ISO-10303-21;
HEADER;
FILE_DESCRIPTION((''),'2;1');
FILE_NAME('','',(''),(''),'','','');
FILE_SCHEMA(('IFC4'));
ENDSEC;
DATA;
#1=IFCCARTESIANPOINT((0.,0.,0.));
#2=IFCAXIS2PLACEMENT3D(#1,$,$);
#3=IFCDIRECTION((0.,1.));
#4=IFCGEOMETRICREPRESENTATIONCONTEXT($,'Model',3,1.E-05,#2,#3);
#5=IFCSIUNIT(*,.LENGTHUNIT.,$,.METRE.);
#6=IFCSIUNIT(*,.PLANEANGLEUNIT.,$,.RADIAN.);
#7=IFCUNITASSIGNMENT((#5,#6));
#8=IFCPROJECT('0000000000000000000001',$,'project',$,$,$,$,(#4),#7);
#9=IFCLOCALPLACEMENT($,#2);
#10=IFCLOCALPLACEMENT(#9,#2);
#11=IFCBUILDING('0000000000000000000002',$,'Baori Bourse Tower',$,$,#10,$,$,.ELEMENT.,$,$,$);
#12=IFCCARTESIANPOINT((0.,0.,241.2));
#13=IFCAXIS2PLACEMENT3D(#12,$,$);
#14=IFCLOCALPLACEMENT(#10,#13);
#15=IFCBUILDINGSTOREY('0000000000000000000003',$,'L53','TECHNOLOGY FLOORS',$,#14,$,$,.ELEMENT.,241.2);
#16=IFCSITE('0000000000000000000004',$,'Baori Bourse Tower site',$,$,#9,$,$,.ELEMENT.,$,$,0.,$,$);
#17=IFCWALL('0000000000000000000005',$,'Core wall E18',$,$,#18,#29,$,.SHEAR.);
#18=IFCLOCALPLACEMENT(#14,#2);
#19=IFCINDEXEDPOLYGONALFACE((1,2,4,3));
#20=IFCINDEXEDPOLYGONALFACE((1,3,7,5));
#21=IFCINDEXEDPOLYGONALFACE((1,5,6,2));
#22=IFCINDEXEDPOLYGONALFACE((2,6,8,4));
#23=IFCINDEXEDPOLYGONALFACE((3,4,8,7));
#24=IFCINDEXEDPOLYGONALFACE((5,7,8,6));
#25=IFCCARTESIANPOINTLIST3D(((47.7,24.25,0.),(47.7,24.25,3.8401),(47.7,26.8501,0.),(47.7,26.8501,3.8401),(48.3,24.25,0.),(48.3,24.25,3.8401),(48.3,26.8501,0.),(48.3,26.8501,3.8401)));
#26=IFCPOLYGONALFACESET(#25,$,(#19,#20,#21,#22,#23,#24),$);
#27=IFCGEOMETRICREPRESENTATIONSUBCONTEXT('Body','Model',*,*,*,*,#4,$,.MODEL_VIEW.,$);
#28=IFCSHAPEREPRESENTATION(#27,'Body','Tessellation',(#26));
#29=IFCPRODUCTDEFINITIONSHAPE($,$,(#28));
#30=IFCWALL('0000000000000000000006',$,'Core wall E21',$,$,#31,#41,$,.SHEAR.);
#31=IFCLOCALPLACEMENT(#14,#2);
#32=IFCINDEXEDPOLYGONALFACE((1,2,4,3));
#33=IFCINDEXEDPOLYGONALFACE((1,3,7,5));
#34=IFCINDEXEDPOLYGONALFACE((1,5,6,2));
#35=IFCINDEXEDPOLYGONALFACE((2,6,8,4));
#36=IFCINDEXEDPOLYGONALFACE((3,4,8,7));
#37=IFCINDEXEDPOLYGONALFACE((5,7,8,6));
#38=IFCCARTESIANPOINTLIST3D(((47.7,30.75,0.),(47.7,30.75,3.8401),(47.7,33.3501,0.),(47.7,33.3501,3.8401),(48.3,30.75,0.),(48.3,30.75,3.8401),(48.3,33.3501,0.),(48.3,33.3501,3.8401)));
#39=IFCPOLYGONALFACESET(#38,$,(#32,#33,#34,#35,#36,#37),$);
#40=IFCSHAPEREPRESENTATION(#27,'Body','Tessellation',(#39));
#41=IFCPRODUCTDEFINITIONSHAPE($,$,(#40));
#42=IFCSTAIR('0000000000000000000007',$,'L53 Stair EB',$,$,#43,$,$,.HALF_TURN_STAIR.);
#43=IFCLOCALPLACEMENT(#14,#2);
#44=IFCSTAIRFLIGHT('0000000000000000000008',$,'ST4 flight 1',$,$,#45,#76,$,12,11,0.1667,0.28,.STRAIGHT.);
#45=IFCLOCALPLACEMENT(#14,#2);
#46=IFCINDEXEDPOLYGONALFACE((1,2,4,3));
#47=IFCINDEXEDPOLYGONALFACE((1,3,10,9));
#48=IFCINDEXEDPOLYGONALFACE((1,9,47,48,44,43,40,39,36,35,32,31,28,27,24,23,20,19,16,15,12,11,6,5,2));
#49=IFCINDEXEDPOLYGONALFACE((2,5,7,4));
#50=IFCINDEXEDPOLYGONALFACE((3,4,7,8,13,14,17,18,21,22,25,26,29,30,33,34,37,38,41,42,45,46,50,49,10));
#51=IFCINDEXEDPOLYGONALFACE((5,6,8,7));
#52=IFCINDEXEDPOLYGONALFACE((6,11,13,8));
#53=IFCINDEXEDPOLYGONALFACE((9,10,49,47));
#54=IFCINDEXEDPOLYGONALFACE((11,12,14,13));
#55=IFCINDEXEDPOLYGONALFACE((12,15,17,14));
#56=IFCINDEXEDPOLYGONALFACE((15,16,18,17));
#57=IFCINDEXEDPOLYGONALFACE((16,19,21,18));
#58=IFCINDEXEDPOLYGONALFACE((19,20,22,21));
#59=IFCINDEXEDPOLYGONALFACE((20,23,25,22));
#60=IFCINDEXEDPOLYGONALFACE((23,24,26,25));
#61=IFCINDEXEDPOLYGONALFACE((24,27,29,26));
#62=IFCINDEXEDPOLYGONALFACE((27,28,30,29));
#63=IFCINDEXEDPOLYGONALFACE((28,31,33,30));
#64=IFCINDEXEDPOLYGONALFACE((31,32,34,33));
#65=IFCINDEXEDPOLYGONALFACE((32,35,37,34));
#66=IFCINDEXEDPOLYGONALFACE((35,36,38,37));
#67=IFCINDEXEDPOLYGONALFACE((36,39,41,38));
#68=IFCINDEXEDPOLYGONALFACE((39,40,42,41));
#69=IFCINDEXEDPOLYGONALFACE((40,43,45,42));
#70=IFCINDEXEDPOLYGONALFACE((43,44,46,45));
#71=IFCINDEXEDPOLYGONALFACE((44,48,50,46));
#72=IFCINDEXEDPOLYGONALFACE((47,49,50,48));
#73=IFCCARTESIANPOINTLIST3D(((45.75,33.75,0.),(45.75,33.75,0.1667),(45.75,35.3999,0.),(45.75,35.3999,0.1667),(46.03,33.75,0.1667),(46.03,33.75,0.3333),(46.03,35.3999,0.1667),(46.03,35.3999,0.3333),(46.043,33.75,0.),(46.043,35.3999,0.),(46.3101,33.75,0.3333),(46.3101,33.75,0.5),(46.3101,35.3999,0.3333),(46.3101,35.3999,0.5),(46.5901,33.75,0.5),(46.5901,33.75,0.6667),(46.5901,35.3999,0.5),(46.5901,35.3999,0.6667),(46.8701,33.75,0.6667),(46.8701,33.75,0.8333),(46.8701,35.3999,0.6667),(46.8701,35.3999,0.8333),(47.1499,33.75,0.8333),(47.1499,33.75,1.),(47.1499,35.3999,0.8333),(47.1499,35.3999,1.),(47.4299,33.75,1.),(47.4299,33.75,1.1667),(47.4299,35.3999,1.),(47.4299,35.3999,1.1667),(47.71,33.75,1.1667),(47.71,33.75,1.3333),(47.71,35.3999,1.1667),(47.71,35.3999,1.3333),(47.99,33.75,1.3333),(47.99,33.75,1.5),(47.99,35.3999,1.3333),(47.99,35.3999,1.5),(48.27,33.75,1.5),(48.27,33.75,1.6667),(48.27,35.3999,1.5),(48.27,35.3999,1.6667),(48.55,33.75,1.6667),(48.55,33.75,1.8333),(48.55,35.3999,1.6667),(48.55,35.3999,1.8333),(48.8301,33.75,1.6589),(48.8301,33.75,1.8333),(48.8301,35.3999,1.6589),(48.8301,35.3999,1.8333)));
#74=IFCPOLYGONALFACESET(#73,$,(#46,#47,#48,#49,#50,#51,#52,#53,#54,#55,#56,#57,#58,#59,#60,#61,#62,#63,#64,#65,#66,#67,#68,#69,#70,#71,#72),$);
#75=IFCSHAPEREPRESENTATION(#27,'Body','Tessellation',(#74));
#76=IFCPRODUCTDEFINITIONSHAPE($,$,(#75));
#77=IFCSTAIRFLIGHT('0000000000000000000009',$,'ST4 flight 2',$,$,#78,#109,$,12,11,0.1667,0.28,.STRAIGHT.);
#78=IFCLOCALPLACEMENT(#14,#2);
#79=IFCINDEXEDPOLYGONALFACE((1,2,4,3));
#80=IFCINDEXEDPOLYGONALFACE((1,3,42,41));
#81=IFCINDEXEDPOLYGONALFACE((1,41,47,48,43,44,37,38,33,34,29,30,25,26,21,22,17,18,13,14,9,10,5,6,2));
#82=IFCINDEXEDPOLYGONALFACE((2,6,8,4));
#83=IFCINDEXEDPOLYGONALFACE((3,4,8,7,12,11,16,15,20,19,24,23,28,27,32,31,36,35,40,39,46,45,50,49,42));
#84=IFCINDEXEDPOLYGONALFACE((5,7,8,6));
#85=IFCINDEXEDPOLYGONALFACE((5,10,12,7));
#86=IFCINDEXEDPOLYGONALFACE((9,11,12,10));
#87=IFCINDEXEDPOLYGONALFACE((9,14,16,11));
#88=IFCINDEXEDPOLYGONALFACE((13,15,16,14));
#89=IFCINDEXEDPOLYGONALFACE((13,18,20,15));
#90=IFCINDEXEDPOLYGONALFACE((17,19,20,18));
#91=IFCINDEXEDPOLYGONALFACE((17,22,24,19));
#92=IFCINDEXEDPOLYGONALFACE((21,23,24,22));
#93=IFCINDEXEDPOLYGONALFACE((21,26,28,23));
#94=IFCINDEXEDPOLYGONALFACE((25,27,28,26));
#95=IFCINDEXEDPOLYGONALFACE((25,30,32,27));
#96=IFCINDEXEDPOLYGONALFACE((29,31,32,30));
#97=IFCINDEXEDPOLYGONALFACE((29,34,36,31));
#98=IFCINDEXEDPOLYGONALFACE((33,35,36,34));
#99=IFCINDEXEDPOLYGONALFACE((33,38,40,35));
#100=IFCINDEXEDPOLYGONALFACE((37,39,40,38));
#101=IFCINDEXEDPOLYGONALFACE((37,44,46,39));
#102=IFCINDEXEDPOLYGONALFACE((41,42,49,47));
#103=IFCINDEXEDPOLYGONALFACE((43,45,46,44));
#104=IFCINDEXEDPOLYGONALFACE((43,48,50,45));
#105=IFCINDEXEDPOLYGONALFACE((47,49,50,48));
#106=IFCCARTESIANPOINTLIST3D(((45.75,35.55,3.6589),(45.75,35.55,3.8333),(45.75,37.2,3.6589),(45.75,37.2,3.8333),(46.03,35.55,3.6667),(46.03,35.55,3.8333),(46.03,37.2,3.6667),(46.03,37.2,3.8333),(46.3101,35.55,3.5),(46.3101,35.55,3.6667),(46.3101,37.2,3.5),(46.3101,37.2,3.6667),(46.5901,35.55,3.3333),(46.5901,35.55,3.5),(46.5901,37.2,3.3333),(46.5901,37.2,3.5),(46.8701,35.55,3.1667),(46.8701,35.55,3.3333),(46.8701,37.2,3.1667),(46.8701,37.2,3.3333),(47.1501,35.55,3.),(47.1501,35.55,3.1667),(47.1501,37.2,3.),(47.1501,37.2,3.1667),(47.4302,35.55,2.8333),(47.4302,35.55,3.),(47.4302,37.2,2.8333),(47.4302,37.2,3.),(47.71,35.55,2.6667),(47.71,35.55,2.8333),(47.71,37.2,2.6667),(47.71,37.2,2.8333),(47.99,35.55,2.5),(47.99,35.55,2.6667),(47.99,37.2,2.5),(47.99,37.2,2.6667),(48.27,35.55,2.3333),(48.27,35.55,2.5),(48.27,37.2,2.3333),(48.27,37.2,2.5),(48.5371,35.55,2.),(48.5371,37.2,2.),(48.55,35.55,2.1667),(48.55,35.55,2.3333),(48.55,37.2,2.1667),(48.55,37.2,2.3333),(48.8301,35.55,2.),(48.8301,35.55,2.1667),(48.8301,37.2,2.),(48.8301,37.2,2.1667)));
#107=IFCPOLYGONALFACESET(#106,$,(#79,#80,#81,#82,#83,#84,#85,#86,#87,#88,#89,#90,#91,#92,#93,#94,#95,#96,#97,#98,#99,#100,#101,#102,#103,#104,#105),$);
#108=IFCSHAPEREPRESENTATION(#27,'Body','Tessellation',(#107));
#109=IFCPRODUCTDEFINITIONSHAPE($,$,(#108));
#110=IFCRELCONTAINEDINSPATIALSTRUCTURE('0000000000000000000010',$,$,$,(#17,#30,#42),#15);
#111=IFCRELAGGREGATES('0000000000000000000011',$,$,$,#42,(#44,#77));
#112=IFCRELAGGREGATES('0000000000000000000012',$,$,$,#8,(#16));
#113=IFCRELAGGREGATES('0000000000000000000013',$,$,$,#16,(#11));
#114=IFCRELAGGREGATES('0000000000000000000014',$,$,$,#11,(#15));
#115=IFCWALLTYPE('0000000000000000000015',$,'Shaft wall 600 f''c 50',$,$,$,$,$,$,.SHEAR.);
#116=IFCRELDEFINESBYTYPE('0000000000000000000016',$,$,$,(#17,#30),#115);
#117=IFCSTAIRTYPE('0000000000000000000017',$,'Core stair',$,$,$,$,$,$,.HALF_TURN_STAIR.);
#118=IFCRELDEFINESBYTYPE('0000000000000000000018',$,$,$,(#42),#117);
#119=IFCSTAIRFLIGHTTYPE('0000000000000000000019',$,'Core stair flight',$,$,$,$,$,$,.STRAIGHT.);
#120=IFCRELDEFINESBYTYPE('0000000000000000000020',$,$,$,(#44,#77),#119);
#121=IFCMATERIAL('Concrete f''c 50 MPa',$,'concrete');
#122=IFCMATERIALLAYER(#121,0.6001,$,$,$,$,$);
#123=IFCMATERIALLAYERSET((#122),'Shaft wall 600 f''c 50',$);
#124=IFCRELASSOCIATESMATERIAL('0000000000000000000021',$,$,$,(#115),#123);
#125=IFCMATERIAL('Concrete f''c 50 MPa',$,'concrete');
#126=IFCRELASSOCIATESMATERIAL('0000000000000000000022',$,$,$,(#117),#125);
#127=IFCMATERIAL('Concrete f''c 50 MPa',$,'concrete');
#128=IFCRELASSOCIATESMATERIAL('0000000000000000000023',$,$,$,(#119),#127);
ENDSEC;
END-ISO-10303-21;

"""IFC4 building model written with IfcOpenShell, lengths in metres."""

from ifc_helpers import new_model, si_unit, direction, frame, frame_2d, origin, place, context, subcontext, project, spatial, polyline, rectangle, outline, extrude, material, layer, layer_set, type_object, element, aggregate, save


model = new_model("IFC4")

# Units and contexts
model_context = context("Model", 3, precision=1e-05, world=origin(), true_north=direction((0.0, 1.0)))
body_context = subcontext(model_context, "Body", "Model", "MODEL_VIEW")
ifc_project = project(units=[si_unit("LENGTHUNIT", "METRE"), si_unit("PLANEANGLEUNIT", "RADIAN")], contexts=[model_context])

# Site, building, storey
site_placement = place(None, origin())
site = spatial("IfcSite", under=ifc_project, at=site_placement, Name="Baori Bourse Tower site", CompositionType="ELEMENT", RefElevation=0.0)
building_placement = place(site_placement, origin())
building = spatial("IfcBuilding", under=site, at=building_placement, Name="Baori Bourse Tower", CompositionType="ELEMENT")
storey_placement = place(building_placement, frame((0.0, 0.0, 241.2)))
storey = spatial("IfcBuildingStorey", under=building, at=storey_placement, Name="L53", Description="TECHNOLOGY FLOORS", CompositionType="ELEMENT", Elevation=241.2)

# Walls
ifc_material_1 = material(Name="Concrete f'c 50 MPa", Category="concrete")
ifc_layer_1 = layer(ifc_material_1, 0.6001)
ifc_layer_set_1 = layer_set([ifc_layer_1], Name="Shaft wall 600 f'c 50")
wall_type_1 = type_object("IfcWallType", Name="Shaft wall 600 f'c 50", PredefinedType="SHEAR", material=ifc_layer_set_1)
for number, where, z_axis, x_axis, name in (
    (1, (48.0, 24.25, 0.0), (0.0, 0.0, 1.0), (0.0, 1.0, 0.0), "Core wall E18"),
    (2, (48.0, 30.75, 0.0), (0.0, 0.0, 1.0), (0.0, 1.0, 0.0), "Core wall E21"),
):
    element("IfcWall", number, at=place(storey_placement, frame(where, z_axis=z_axis, x_axis=x_axis)), inside=storey, type_object=wall_type_1, Name=name, PredefinedType="SHEAR", context=body_context, shape_type="SweptSolid", body=[
        extrude(rectangle(XDim=2.6001, YDim=0.6001, at=frame_2d((1.3, 0.0))), origin(), (0.0, 0.0, 1.0), 3.8401),
    ])

# Stair, stair flights
ifc_material_2 = material(Name="Concrete f'c 50 MPa", Category="concrete")
stair_type = type_object("IfcStairType", Name="Core stair", PredefinedType="HALF_TURN_STAIR", material=ifc_material_2)
stair_placement = place(storey_placement, origin())
stair = element("IfcStair", 3, at=stair_placement, inside=storey, type_object=stair_type, Name="L53 Stair EB", PredefinedType="HALF_TURN_STAIR")
ifc_material_3 = material(Name="Concrete f'c 50 MPa", Category="concrete")
stair_flight_type = type_object("IfcStairFlightType", Name="Core stair flight", PredefinedType="STRAIGHT", material=ifc_material_3)
stair_flight_1_placement = place(storey_placement, frame((45.75, 34.575, 0.0), z_axis=(0.0, 0.0, 1.0), x_axis=(1.0, 0.0, 0.0)))
stair_flight_1 = element("IfcStairFlight", 4, at=stair_flight_1_placement, type_object=stair_flight_type, Name="ST4 flight 1", NumberOfRisers=12, NumberOfTreads=11, PredefinedType="STRAIGHT", RiserHeight=0.1667, TreadLength=0.28, context=body_context, shape_type="SweptSolid", body=[
    extrude(outline(polyline([(0.0, 0.0), (0.0, 0.1667), (0.28, 0.1667), (0.28, 0.3333), (0.5601, 0.3333), (0.5601, 0.5), (0.8401, 0.5), (0.8401, 0.6667), (1.1201, 0.6667), (1.1201, 0.8333), (1.3999, 0.8333), (1.3999, 1.0), (1.6799, 1.0), (1.6799, 1.1667), (1.96, 1.1667), (1.96, 1.3333), (2.24, 1.3333), (2.24, 1.5), (2.52, 1.5), (2.52, 1.6667), (2.8, 1.6667), (2.8, 1.8333), (3.0801, 1.8333), (3.0801, 2.0), (3.0801, 1.6589), (0.293, 0.0), (0.0, 0.0)])), frame((0.0, 0.825, 0.0), z_axis=(0.0, -1.0, 0.0), x_axis=(1.0, 0.0, 0.0)), (0.0, 0.0, 1.0), 1.6499),
])
stair_flight_2_placement = place(storey_placement, frame((48.8301, 36.375, 2.0), z_axis=(0.0, 0.0, 1.0), x_axis=(-1.0, 0.0, 0.0)))
stair_flight_2 = element("IfcStairFlight", 5, at=stair_flight_2_placement, type_object=stair_flight_type, Name="ST4 flight 2", NumberOfRisers=12, NumberOfTreads=11, PredefinedType="STRAIGHT", RiserHeight=0.1667, TreadLength=0.28, context=body_context, shape_type="SweptSolid", body=[
    extrude(outline(polyline([(0.0, 0.0), (0.0, 0.1667), (0.28, 0.1667), (0.28, 0.3333), (0.5601, 0.3333), (0.5601, 0.5), (0.8401, 0.5), (0.8401, 0.6667), (1.1201, 0.6667), (1.1201, 0.8333), (1.3999, 0.8333), (1.3999, 1.0), (1.6799, 1.0), (1.6799, 1.1667), (1.96, 1.1667), (1.96, 1.3333), (2.24, 1.3333), (2.24, 1.5), (2.52, 1.5), (2.52, 1.6667), (2.8, 1.6667), (2.8, 1.8333), (3.0801, 1.8333), (3.0801, 2.0), (3.0801, 1.6589), (0.293, 0.0), (0.0, 0.0)])), frame((0.0, 0.825, 0.0), z_axis=(0.0, -1.0, 0.0), x_axis=(1.0, 0.0, 0.0)), (0.0, 0.0, 1.0), 1.6499),
])
aggregate(stair, [stair_flight_1, stair_flight_2])

save(model, "model.ifc")
